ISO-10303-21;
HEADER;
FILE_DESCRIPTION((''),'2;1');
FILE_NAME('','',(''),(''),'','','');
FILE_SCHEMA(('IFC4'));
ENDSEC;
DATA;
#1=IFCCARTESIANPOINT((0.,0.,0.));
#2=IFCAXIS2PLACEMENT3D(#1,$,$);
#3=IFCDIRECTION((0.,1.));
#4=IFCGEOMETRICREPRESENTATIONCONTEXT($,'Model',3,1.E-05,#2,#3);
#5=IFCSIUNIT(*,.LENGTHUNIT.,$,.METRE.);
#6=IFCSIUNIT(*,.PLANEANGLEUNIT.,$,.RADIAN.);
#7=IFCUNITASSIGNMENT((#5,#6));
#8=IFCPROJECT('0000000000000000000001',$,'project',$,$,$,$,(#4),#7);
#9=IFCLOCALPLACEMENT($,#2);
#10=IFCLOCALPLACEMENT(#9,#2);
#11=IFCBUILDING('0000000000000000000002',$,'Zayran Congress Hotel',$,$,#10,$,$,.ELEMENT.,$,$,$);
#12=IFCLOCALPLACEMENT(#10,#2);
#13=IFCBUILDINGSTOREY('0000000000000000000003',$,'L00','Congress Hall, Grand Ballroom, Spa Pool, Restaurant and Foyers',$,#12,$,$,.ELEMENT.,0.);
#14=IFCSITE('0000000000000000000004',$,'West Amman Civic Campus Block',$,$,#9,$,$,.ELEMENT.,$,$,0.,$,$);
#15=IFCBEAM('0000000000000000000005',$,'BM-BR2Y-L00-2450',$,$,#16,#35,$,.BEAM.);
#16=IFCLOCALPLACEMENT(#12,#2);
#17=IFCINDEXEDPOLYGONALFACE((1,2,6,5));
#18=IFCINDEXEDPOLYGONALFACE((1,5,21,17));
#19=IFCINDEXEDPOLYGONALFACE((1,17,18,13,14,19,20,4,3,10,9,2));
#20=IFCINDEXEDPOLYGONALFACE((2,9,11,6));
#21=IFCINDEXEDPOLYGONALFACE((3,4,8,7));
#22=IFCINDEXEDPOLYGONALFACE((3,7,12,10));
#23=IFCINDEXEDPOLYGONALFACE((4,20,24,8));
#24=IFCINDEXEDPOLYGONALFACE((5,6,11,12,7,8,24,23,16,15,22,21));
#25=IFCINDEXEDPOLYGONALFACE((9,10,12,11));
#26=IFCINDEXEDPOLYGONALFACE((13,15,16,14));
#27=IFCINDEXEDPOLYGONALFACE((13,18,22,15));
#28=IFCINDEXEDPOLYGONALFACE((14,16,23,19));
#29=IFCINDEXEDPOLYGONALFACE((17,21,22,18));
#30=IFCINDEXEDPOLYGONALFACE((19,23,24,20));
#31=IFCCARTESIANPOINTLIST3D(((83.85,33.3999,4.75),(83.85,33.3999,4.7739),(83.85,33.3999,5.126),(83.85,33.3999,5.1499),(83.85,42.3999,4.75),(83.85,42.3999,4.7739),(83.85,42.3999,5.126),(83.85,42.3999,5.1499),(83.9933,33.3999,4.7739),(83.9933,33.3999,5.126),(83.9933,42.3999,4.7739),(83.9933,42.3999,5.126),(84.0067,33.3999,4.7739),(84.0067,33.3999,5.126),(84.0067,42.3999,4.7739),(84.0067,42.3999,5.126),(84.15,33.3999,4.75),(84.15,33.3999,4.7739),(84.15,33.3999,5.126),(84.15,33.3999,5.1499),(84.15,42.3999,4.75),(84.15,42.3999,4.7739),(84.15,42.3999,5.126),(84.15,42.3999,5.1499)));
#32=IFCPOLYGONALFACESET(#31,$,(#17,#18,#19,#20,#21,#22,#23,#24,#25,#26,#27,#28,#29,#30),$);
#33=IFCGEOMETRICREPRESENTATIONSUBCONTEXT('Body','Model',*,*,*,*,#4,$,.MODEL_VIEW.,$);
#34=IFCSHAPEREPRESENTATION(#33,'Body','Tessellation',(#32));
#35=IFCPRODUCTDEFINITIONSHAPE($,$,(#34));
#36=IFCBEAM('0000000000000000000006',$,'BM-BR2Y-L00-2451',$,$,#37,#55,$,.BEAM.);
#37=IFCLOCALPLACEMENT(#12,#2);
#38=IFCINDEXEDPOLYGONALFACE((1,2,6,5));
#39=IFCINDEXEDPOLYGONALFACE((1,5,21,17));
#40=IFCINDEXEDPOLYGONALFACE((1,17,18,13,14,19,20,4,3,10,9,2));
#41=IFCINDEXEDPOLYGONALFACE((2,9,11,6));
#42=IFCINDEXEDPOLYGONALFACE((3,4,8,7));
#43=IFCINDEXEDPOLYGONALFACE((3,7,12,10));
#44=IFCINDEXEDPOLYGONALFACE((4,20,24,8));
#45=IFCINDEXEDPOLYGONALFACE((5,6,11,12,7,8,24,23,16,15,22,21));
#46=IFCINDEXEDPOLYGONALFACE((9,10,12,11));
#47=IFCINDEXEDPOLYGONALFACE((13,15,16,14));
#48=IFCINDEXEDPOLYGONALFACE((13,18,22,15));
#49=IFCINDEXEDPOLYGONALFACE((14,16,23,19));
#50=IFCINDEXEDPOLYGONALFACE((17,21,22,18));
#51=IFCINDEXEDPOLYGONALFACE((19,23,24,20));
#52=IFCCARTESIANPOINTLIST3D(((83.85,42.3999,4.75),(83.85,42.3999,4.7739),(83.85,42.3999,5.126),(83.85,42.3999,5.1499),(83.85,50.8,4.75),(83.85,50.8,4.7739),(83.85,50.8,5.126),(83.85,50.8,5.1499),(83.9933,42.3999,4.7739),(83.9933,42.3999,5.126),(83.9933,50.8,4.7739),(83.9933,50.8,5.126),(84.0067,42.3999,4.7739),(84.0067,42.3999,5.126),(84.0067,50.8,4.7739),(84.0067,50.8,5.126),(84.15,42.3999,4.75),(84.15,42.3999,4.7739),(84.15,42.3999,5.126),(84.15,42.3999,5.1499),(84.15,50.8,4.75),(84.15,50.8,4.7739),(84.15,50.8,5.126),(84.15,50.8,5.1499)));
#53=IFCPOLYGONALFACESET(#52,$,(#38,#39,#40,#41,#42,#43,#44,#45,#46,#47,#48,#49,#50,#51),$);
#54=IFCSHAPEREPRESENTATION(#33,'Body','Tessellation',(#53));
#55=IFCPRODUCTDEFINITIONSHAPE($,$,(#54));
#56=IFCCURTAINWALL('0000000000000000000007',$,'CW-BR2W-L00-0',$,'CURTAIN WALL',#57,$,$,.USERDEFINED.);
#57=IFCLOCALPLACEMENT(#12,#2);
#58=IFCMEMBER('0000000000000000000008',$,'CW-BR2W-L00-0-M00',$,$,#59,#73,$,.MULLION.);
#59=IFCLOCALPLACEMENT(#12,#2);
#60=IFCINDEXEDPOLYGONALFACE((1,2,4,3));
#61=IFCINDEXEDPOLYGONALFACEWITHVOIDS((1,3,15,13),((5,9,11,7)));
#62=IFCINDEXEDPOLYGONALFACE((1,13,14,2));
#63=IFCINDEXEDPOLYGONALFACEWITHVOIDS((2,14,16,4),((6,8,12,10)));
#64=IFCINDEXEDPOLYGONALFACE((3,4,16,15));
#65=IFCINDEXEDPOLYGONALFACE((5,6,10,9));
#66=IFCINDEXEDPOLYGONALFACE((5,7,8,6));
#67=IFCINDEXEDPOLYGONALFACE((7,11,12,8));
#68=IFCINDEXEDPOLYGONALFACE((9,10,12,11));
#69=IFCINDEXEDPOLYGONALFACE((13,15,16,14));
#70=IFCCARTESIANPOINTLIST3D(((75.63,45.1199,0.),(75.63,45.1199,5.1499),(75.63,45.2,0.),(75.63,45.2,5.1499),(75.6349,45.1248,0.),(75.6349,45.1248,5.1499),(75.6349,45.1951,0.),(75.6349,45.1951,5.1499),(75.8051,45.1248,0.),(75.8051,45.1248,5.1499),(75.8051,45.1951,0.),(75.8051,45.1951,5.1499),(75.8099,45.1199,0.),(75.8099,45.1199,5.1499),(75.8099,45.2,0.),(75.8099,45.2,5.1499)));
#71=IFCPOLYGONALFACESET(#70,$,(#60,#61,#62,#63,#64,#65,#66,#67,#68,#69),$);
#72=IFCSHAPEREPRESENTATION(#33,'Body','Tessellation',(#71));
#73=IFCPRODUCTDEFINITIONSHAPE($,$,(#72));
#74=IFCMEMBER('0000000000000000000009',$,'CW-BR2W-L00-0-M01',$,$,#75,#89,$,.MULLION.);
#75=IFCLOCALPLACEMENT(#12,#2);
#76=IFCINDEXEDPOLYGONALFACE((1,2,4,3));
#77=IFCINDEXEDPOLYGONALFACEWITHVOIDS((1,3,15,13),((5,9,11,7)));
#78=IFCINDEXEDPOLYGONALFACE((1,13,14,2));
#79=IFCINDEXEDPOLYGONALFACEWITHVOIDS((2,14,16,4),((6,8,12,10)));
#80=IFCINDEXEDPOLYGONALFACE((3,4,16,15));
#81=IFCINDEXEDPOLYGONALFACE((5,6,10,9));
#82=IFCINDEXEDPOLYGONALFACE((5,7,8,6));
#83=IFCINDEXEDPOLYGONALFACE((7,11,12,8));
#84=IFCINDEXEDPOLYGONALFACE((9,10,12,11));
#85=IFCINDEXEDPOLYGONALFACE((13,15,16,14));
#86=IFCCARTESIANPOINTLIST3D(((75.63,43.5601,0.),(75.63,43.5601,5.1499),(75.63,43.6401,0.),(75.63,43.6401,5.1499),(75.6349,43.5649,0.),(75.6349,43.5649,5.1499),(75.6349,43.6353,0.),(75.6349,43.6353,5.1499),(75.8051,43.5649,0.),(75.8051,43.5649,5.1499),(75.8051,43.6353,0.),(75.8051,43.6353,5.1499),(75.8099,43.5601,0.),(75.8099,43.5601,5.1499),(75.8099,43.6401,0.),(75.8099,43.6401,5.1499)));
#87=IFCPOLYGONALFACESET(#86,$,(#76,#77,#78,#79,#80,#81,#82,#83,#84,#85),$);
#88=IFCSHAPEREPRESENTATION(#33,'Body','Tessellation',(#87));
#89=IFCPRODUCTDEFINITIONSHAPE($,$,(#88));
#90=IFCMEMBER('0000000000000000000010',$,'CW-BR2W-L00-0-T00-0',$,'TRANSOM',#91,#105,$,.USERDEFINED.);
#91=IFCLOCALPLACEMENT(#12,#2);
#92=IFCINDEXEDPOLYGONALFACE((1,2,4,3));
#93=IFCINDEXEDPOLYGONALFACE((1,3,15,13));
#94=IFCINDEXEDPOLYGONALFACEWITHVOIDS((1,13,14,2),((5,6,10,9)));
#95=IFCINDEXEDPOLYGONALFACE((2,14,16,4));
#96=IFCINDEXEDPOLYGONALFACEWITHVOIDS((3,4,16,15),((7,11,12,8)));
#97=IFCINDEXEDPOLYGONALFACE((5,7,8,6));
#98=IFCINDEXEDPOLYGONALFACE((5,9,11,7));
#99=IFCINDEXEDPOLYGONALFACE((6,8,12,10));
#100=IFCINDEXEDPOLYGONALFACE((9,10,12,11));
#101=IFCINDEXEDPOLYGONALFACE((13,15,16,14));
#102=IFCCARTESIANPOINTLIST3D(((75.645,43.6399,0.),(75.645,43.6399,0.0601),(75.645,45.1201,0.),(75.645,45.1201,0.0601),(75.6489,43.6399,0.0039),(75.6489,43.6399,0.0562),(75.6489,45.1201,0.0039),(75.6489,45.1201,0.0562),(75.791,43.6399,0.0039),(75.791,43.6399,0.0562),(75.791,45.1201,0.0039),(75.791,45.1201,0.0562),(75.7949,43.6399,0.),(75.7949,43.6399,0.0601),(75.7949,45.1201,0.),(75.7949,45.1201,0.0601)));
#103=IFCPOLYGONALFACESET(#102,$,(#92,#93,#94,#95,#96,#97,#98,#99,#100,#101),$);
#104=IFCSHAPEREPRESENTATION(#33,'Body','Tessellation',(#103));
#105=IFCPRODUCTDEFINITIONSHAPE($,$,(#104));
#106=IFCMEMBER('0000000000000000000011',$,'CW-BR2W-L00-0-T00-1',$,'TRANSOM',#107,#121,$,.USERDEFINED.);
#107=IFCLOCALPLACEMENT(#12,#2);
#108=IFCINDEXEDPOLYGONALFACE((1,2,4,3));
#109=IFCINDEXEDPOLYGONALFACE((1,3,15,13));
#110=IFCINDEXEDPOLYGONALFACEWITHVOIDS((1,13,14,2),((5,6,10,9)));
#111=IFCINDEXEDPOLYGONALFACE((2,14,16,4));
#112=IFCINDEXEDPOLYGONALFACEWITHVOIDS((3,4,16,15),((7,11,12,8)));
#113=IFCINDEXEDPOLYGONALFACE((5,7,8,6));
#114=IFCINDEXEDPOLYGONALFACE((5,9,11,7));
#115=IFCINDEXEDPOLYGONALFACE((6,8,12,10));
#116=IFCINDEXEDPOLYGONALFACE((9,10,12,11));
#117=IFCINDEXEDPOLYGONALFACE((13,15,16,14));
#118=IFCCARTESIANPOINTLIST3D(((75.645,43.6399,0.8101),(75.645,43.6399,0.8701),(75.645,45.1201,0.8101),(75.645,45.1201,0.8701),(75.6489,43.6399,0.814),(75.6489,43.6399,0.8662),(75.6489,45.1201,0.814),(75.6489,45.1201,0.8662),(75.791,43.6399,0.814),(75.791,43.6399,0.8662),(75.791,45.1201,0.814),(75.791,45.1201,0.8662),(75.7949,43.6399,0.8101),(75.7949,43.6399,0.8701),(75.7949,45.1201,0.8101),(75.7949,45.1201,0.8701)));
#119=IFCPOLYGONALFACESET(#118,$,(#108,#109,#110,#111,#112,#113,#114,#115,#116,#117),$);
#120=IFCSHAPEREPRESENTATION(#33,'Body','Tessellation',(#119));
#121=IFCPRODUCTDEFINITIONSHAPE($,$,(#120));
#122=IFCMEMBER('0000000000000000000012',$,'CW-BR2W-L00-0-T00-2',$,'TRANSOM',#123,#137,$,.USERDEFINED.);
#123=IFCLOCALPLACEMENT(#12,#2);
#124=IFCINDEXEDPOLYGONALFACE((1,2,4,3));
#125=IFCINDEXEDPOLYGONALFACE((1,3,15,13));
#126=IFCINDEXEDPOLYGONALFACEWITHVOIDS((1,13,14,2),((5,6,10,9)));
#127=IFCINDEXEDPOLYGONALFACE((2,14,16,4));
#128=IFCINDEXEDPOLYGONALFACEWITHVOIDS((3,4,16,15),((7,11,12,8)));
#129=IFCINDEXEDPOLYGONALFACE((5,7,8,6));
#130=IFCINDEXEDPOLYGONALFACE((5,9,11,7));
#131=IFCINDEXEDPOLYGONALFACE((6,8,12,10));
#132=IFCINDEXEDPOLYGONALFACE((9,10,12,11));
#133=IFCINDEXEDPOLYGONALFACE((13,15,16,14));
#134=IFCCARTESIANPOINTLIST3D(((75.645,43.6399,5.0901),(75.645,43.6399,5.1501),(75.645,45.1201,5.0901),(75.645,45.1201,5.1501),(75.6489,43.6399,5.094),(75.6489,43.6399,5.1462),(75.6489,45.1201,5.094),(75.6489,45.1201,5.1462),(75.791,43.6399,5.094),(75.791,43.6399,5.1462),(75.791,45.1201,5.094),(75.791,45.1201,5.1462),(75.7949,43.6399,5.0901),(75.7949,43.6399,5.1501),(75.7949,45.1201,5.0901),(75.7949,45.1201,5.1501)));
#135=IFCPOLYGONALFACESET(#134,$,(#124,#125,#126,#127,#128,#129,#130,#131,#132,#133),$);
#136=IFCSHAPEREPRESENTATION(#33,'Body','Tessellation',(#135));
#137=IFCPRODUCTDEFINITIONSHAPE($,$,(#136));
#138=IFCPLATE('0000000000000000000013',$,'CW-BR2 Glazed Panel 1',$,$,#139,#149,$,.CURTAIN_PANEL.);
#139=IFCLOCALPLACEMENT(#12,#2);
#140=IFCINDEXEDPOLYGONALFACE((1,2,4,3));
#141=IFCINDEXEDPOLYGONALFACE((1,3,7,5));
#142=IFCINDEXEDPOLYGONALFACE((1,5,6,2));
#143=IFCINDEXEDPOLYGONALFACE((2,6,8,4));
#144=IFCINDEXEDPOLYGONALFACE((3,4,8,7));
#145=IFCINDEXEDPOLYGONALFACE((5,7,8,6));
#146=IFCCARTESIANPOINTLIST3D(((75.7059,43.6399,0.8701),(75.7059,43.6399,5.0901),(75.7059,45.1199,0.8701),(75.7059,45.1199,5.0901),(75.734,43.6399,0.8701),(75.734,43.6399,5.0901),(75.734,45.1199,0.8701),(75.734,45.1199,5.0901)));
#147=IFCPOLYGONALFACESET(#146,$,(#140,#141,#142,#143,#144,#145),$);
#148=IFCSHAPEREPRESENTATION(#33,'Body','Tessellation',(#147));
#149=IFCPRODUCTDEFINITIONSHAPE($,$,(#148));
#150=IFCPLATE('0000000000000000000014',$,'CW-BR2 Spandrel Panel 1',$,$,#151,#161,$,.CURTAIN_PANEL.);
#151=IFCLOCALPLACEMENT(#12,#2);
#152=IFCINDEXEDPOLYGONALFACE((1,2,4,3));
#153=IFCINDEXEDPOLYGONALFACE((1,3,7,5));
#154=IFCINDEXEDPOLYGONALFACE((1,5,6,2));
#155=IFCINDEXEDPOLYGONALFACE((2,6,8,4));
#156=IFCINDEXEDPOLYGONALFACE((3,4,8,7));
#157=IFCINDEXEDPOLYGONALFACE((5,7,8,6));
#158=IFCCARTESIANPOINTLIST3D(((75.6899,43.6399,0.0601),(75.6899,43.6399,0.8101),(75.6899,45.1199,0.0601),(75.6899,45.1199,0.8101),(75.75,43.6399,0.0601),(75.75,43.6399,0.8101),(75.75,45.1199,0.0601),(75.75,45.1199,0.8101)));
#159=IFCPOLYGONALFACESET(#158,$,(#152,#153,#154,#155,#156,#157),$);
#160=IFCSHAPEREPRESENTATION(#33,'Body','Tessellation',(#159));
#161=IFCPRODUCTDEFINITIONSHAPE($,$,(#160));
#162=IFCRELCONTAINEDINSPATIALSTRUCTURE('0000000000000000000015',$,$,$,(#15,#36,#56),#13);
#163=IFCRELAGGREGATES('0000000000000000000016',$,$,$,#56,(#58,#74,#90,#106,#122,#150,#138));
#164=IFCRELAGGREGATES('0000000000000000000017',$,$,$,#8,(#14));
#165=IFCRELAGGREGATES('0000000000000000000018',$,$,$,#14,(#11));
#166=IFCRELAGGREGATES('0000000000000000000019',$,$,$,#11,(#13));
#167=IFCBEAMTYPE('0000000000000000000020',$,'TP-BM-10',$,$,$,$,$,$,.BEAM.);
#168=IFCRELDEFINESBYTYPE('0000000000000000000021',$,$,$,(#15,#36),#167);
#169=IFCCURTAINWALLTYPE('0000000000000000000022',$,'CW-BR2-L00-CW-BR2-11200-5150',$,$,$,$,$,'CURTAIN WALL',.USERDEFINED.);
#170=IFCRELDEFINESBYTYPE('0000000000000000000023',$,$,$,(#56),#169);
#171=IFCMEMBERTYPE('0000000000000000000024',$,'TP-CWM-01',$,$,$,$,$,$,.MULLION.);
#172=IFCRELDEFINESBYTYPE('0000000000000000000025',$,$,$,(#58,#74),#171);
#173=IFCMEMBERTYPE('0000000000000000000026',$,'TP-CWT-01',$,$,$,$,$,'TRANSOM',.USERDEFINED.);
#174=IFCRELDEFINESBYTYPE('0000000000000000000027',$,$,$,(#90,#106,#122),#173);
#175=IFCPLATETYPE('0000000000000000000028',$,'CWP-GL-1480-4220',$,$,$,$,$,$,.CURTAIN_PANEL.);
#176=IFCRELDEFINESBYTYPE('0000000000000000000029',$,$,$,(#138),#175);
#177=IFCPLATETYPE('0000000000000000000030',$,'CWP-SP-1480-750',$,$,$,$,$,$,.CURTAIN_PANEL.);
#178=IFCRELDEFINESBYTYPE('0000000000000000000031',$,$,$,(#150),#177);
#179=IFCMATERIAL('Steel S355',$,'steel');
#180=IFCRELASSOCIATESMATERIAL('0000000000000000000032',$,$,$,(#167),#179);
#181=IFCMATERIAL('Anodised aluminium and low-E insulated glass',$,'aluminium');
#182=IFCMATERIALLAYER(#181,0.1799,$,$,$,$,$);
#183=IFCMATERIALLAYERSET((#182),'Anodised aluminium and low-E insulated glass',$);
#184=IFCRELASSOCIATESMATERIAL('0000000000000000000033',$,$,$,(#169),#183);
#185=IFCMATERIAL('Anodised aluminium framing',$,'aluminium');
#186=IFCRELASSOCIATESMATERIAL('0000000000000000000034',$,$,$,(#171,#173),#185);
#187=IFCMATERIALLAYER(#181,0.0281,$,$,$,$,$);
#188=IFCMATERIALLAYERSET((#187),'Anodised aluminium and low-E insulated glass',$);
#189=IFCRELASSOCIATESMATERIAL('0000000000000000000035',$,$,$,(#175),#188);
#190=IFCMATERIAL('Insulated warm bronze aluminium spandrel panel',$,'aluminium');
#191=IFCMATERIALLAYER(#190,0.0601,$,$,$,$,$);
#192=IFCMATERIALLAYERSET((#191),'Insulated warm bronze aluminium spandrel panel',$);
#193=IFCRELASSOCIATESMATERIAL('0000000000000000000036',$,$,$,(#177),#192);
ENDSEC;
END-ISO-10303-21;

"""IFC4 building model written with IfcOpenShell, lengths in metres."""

from ifc_helpers import new_model, si_unit, direction, frame, origin, origin_2d, place, context, subcontext, project, spatial, rectangle, hollow_rectangle, i_section, extrude, material, layer, layer_set, material_profile, profile_set, type_object, element, aggregate, save


model = new_model("IFC4")

# Units and contexts
model_context = context("Model", 3, precision=1e-05, world=origin(), true_north=direction((0.0, 1.0)))
body_context = subcontext(model_context, "Body", "Model", "MODEL_VIEW")
ifc_project = project(units=[si_unit("LENGTHUNIT", "METRE"), si_unit("PLANEANGLEUNIT", "RADIAN")], contexts=[model_context])

# Site, building, storey
site_placement = place(None, origin())
site = spatial("IfcSite", under=ifc_project, at=site_placement, Name="West Amman Civic Campus Block", CompositionType="ELEMENT", RefElevation=0.0)
building_placement = place(site_placement, origin())
building = spatial("IfcBuilding", under=site, at=building_placement, Name="Zayran Congress Hotel", CompositionType="ELEMENT")
storey_placement = place(building_placement, origin())
storey = spatial("IfcBuildingStorey", under=building, at=storey_placement, Name="L00", Description="Congress Hall, Grand Ballroom, Spa Pool, Restaurant and Foyers", CompositionType="ELEMENT", Elevation=0.0)

# Shared definitions
ifc_material_1 = material(Name="Steel S355", Category="steel")

# Beams
ifc_material_profile_1 = material_profile(ifc_material_1, i_section(OverallWidth=0.3, OverallDepth=0.3999, WebThickness=0.0134, FlangeThickness=0.0239, at=origin_2d()), Name="HEB 400")
ifc_profile_set_1 = profile_set([ifc_material_profile_1], Name="Steel S355")
beam_type_1 = type_object("IfcBeamType", Name="TP-BM-10", PredefinedType="BEAM", material=ifc_profile_set_1)
beam_1_placement = place(storey_placement, frame((84.0, 33.3999, 4.95), z_axis=(0.0, 1.0, 0.0), x_axis=(-1.0, 0.0, 0.0)))
element("IfcBeam", 1, at=beam_1_placement, inside=storey, type_object=beam_type_1, Name="BM-BR2Y-L00-2450", PredefinedType="BEAM", context=body_context, shape_type="SweptSolid", body=[
    extrude(i_section(OverallWidth=0.3, OverallDepth=0.3999, WebThickness=0.0134, FlangeThickness=0.0239, at=origin_2d()), origin(), (0.0, 0.0, 1.0), 9.0),
])
beam_2_placement = place(storey_placement, frame((84.0, 42.3999, 4.95), z_axis=(0.0, 1.0, 0.0), x_axis=(-1.0, 0.0, 0.0)))
element("IfcBeam", 2, at=beam_2_placement, inside=storey, type_object=beam_type_1, Name="BM-BR2Y-L00-2451", PredefinedType="BEAM", context=body_context, shape_type="SweptSolid", body=[
    extrude(i_section(OverallWidth=0.3, OverallDepth=0.3999, WebThickness=0.0134, FlangeThickness=0.0239, at=origin_2d()), origin(), (0.0, 0.0, 1.0), 8.4001),
])

# Curtain wall, members, plates
ifc_material_2 = material(Name="Anodised aluminium and low-E insulated glass", Category="aluminium")
ifc_layer_1 = layer(ifc_material_2, 0.1799)
ifc_layer_set_1 = layer_set([ifc_layer_1], Name="Anodised aluminium and low-E insulated glass")
curtain_wall_type = type_object("IfcCurtainWallType", Name="CW-BR2-L00-CW-BR2-11200-5150", ElementType="CURTAIN WALL", PredefinedType="USERDEFINED", material=ifc_layer_set_1)
curtain_wall_placement = place(storey_placement, origin())
curtain_wall = element("IfcCurtainWall", 3, at=curtain_wall_placement, inside=storey, type_object=curtain_wall_type, Name="CW-BR2W-L00-0", ObjectType="CURTAIN WALL", PredefinedType="USERDEFINED")
ifc_material_3 = material(Name="Anodised aluminium framing", Category="aluminium")
ifc_material_profile_2 = material_profile(ifc_material_3, hollow_rectangle(XDim=0.0801, YDim=0.1799, WallThickness=0.0049, at=origin_2d()), Name="RHS 180x80x5")
ifc_profile_set_2 = profile_set([ifc_material_profile_2], Name="Anodised aluminium framing")
member_type_1 = type_object("IfcMemberType", Name="TP-CWM-01", PredefinedType="MULLION", material=ifc_profile_set_2)
member_1_placement = place(storey_placement, frame((75.72, 45.1599, 0.0), z_axis=(0.0, 0.0, 1.0), x_axis=(0.0, 1.0, 0.0)))
member_1 = element("IfcMember", 4, at=member_1_placement, type_object=member_type_1, Name="CW-BR2W-L00-0-M00", PredefinedType="MULLION", context=body_context, shape_type="SweptSolid", body=[
    extrude(hollow_rectangle(XDim=0.0801, YDim=0.1799, WallThickness=0.0049, at=origin_2d()), origin(), (0.0, 0.0, 1.0), 5.1499),
])
member_2_placement = place(storey_placement, frame((75.72, 43.6001, 0.0), z_axis=(0.0, 0.0, 1.0), x_axis=(0.0, 1.0, 0.0)))
member_2 = element("IfcMember", 5, at=member_2_placement, type_object=member_type_1, Name="CW-BR2W-L00-0-M01", PredefinedType="MULLION", context=body_context, shape_type="SweptSolid", body=[
    extrude(hollow_rectangle(XDim=0.0801, YDim=0.1799, WallThickness=0.0049, at=origin_2d()), origin(), (0.0, 0.0, 1.0), 5.1499),
])
ifc_material_profile_3 = material_profile(ifc_material_3, hollow_rectangle(XDim=0.0601, YDim=0.1499, WallThickness=0.0039, at=origin_2d()), Name="RHS 150x60x4")
ifc_profile_set_3 = profile_set([ifc_material_profile_3], Name="Anodised aluminium framing")
member_type_2 = type_object("IfcMemberType", Name="TP-CWT-01", ElementType="TRANSOM", PredefinedType="USERDEFINED", material=ifc_profile_set_3)
member_3_placement = place(storey_placement, frame((75.72, 45.1201, 0.03), z_axis=(0.0, -1.0, 0.0), x_axis=(0.0, 0.0, 1.0)))
member_3 = element("IfcMember", 6, at=member_3_placement, type_object=member_type_2, Name="CW-BR2W-L00-0-T00-0", ObjectType="TRANSOM", PredefinedType="USERDEFINED", context=body_context, shape_type="SweptSolid", body=[
    extrude(hollow_rectangle(XDim=0.0601, YDim=0.1499, WallThickness=0.0039, at=origin_2d()), origin(), (0.0, 0.0, 1.0), 1.4802),
])
member_4_placement = place(storey_placement, frame((75.72, 45.1201, 0.8401), z_axis=(0.0, -1.0, 0.0), x_axis=(0.0, 0.0, 1.0)))
member_4 = element("IfcMember", 7, at=member_4_placement, type_object=member_type_2, Name="CW-BR2W-L00-0-T00-1", ObjectType="TRANSOM", PredefinedType="USERDEFINED", context=body_context, shape_type="SweptSolid", body=[
    extrude(hollow_rectangle(XDim=0.0601, YDim=0.1499, WallThickness=0.0039, at=origin_2d()), origin(), (0.0, 0.0, 1.0), 1.4802),
])
member_5_placement = place(storey_placement, frame((75.72, 45.1201, 5.1201), z_axis=(0.0, -1.0, 0.0), x_axis=(0.0, 0.0, 1.0)))
member_5 = element("IfcMember", 8, at=member_5_placement, type_object=member_type_2, Name="CW-BR2W-L00-0-T00-2", ObjectType="TRANSOM", PredefinedType="USERDEFINED", context=body_context, shape_type="SweptSolid", body=[
    extrude(hollow_rectangle(XDim=0.0601, YDim=0.1499, WallThickness=0.0039, at=origin_2d()), origin(), (0.0, 0.0, 1.0), 1.4802),
])
ifc_layer_2 = layer(ifc_material_2, 0.0281)
ifc_layer_set_2 = layer_set([ifc_layer_2], Name="Anodised aluminium and low-E insulated glass")
plate_type_1 = type_object("IfcPlateType", Name="CWP-GL-1480-4220", PredefinedType="CURTAIN_PANEL", material=ifc_layer_set_2)
plate_1_placement = place(storey_placement, frame((75.72, 44.3799, 0.8701), z_axis=(0.0, 0.0, 1.0), x_axis=(0.0, 1.0, 0.0)))
plate_1 = element("IfcPlate", 9, at=plate_1_placement, type_object=plate_type_1, Name="CW-BR2 Glazed Panel 1", PredefinedType="CURTAIN_PANEL", context=body_context, shape_type="SweptSolid", body=[
    extrude(rectangle(XDim=1.48, YDim=0.0281, at=origin_2d()), origin(), (0.0, 0.0, 1.0), 4.22),
])
ifc_material_4 = material(Name="Insulated warm bronze aluminium spandrel panel", Category="aluminium")
ifc_layer_3 = layer(ifc_material_4, 0.0601)
ifc_layer_set_3 = layer_set([ifc_layer_3], Name="Insulated warm bronze aluminium spandrel panel")
plate_type_2 = type_object("IfcPlateType", Name="CWP-SP-1480-750", PredefinedType="CURTAIN_PANEL", material=ifc_layer_set_3)
plate_2_placement = place(storey_placement, frame((75.72, 44.3799, 0.0601), z_axis=(0.0, 0.0, 1.0), x_axis=(0.0, 1.0, 0.0)))
plate_2 = element("IfcPlate", 10, at=plate_2_placement, type_object=plate_type_2, Name="CW-BR2 Spandrel Panel 1", PredefinedType="CURTAIN_PANEL", context=body_context, shape_type="SweptSolid", body=[
    extrude(rectangle(XDim=1.48, YDim=0.0601, at=origin_2d()), origin(), (0.0, 0.0, 1.0), 0.75),
])
aggregate(curtain_wall, [member_1, member_2, member_3, member_4, member_5, plate_2, plate_1])

save(model, "model.ifc")
